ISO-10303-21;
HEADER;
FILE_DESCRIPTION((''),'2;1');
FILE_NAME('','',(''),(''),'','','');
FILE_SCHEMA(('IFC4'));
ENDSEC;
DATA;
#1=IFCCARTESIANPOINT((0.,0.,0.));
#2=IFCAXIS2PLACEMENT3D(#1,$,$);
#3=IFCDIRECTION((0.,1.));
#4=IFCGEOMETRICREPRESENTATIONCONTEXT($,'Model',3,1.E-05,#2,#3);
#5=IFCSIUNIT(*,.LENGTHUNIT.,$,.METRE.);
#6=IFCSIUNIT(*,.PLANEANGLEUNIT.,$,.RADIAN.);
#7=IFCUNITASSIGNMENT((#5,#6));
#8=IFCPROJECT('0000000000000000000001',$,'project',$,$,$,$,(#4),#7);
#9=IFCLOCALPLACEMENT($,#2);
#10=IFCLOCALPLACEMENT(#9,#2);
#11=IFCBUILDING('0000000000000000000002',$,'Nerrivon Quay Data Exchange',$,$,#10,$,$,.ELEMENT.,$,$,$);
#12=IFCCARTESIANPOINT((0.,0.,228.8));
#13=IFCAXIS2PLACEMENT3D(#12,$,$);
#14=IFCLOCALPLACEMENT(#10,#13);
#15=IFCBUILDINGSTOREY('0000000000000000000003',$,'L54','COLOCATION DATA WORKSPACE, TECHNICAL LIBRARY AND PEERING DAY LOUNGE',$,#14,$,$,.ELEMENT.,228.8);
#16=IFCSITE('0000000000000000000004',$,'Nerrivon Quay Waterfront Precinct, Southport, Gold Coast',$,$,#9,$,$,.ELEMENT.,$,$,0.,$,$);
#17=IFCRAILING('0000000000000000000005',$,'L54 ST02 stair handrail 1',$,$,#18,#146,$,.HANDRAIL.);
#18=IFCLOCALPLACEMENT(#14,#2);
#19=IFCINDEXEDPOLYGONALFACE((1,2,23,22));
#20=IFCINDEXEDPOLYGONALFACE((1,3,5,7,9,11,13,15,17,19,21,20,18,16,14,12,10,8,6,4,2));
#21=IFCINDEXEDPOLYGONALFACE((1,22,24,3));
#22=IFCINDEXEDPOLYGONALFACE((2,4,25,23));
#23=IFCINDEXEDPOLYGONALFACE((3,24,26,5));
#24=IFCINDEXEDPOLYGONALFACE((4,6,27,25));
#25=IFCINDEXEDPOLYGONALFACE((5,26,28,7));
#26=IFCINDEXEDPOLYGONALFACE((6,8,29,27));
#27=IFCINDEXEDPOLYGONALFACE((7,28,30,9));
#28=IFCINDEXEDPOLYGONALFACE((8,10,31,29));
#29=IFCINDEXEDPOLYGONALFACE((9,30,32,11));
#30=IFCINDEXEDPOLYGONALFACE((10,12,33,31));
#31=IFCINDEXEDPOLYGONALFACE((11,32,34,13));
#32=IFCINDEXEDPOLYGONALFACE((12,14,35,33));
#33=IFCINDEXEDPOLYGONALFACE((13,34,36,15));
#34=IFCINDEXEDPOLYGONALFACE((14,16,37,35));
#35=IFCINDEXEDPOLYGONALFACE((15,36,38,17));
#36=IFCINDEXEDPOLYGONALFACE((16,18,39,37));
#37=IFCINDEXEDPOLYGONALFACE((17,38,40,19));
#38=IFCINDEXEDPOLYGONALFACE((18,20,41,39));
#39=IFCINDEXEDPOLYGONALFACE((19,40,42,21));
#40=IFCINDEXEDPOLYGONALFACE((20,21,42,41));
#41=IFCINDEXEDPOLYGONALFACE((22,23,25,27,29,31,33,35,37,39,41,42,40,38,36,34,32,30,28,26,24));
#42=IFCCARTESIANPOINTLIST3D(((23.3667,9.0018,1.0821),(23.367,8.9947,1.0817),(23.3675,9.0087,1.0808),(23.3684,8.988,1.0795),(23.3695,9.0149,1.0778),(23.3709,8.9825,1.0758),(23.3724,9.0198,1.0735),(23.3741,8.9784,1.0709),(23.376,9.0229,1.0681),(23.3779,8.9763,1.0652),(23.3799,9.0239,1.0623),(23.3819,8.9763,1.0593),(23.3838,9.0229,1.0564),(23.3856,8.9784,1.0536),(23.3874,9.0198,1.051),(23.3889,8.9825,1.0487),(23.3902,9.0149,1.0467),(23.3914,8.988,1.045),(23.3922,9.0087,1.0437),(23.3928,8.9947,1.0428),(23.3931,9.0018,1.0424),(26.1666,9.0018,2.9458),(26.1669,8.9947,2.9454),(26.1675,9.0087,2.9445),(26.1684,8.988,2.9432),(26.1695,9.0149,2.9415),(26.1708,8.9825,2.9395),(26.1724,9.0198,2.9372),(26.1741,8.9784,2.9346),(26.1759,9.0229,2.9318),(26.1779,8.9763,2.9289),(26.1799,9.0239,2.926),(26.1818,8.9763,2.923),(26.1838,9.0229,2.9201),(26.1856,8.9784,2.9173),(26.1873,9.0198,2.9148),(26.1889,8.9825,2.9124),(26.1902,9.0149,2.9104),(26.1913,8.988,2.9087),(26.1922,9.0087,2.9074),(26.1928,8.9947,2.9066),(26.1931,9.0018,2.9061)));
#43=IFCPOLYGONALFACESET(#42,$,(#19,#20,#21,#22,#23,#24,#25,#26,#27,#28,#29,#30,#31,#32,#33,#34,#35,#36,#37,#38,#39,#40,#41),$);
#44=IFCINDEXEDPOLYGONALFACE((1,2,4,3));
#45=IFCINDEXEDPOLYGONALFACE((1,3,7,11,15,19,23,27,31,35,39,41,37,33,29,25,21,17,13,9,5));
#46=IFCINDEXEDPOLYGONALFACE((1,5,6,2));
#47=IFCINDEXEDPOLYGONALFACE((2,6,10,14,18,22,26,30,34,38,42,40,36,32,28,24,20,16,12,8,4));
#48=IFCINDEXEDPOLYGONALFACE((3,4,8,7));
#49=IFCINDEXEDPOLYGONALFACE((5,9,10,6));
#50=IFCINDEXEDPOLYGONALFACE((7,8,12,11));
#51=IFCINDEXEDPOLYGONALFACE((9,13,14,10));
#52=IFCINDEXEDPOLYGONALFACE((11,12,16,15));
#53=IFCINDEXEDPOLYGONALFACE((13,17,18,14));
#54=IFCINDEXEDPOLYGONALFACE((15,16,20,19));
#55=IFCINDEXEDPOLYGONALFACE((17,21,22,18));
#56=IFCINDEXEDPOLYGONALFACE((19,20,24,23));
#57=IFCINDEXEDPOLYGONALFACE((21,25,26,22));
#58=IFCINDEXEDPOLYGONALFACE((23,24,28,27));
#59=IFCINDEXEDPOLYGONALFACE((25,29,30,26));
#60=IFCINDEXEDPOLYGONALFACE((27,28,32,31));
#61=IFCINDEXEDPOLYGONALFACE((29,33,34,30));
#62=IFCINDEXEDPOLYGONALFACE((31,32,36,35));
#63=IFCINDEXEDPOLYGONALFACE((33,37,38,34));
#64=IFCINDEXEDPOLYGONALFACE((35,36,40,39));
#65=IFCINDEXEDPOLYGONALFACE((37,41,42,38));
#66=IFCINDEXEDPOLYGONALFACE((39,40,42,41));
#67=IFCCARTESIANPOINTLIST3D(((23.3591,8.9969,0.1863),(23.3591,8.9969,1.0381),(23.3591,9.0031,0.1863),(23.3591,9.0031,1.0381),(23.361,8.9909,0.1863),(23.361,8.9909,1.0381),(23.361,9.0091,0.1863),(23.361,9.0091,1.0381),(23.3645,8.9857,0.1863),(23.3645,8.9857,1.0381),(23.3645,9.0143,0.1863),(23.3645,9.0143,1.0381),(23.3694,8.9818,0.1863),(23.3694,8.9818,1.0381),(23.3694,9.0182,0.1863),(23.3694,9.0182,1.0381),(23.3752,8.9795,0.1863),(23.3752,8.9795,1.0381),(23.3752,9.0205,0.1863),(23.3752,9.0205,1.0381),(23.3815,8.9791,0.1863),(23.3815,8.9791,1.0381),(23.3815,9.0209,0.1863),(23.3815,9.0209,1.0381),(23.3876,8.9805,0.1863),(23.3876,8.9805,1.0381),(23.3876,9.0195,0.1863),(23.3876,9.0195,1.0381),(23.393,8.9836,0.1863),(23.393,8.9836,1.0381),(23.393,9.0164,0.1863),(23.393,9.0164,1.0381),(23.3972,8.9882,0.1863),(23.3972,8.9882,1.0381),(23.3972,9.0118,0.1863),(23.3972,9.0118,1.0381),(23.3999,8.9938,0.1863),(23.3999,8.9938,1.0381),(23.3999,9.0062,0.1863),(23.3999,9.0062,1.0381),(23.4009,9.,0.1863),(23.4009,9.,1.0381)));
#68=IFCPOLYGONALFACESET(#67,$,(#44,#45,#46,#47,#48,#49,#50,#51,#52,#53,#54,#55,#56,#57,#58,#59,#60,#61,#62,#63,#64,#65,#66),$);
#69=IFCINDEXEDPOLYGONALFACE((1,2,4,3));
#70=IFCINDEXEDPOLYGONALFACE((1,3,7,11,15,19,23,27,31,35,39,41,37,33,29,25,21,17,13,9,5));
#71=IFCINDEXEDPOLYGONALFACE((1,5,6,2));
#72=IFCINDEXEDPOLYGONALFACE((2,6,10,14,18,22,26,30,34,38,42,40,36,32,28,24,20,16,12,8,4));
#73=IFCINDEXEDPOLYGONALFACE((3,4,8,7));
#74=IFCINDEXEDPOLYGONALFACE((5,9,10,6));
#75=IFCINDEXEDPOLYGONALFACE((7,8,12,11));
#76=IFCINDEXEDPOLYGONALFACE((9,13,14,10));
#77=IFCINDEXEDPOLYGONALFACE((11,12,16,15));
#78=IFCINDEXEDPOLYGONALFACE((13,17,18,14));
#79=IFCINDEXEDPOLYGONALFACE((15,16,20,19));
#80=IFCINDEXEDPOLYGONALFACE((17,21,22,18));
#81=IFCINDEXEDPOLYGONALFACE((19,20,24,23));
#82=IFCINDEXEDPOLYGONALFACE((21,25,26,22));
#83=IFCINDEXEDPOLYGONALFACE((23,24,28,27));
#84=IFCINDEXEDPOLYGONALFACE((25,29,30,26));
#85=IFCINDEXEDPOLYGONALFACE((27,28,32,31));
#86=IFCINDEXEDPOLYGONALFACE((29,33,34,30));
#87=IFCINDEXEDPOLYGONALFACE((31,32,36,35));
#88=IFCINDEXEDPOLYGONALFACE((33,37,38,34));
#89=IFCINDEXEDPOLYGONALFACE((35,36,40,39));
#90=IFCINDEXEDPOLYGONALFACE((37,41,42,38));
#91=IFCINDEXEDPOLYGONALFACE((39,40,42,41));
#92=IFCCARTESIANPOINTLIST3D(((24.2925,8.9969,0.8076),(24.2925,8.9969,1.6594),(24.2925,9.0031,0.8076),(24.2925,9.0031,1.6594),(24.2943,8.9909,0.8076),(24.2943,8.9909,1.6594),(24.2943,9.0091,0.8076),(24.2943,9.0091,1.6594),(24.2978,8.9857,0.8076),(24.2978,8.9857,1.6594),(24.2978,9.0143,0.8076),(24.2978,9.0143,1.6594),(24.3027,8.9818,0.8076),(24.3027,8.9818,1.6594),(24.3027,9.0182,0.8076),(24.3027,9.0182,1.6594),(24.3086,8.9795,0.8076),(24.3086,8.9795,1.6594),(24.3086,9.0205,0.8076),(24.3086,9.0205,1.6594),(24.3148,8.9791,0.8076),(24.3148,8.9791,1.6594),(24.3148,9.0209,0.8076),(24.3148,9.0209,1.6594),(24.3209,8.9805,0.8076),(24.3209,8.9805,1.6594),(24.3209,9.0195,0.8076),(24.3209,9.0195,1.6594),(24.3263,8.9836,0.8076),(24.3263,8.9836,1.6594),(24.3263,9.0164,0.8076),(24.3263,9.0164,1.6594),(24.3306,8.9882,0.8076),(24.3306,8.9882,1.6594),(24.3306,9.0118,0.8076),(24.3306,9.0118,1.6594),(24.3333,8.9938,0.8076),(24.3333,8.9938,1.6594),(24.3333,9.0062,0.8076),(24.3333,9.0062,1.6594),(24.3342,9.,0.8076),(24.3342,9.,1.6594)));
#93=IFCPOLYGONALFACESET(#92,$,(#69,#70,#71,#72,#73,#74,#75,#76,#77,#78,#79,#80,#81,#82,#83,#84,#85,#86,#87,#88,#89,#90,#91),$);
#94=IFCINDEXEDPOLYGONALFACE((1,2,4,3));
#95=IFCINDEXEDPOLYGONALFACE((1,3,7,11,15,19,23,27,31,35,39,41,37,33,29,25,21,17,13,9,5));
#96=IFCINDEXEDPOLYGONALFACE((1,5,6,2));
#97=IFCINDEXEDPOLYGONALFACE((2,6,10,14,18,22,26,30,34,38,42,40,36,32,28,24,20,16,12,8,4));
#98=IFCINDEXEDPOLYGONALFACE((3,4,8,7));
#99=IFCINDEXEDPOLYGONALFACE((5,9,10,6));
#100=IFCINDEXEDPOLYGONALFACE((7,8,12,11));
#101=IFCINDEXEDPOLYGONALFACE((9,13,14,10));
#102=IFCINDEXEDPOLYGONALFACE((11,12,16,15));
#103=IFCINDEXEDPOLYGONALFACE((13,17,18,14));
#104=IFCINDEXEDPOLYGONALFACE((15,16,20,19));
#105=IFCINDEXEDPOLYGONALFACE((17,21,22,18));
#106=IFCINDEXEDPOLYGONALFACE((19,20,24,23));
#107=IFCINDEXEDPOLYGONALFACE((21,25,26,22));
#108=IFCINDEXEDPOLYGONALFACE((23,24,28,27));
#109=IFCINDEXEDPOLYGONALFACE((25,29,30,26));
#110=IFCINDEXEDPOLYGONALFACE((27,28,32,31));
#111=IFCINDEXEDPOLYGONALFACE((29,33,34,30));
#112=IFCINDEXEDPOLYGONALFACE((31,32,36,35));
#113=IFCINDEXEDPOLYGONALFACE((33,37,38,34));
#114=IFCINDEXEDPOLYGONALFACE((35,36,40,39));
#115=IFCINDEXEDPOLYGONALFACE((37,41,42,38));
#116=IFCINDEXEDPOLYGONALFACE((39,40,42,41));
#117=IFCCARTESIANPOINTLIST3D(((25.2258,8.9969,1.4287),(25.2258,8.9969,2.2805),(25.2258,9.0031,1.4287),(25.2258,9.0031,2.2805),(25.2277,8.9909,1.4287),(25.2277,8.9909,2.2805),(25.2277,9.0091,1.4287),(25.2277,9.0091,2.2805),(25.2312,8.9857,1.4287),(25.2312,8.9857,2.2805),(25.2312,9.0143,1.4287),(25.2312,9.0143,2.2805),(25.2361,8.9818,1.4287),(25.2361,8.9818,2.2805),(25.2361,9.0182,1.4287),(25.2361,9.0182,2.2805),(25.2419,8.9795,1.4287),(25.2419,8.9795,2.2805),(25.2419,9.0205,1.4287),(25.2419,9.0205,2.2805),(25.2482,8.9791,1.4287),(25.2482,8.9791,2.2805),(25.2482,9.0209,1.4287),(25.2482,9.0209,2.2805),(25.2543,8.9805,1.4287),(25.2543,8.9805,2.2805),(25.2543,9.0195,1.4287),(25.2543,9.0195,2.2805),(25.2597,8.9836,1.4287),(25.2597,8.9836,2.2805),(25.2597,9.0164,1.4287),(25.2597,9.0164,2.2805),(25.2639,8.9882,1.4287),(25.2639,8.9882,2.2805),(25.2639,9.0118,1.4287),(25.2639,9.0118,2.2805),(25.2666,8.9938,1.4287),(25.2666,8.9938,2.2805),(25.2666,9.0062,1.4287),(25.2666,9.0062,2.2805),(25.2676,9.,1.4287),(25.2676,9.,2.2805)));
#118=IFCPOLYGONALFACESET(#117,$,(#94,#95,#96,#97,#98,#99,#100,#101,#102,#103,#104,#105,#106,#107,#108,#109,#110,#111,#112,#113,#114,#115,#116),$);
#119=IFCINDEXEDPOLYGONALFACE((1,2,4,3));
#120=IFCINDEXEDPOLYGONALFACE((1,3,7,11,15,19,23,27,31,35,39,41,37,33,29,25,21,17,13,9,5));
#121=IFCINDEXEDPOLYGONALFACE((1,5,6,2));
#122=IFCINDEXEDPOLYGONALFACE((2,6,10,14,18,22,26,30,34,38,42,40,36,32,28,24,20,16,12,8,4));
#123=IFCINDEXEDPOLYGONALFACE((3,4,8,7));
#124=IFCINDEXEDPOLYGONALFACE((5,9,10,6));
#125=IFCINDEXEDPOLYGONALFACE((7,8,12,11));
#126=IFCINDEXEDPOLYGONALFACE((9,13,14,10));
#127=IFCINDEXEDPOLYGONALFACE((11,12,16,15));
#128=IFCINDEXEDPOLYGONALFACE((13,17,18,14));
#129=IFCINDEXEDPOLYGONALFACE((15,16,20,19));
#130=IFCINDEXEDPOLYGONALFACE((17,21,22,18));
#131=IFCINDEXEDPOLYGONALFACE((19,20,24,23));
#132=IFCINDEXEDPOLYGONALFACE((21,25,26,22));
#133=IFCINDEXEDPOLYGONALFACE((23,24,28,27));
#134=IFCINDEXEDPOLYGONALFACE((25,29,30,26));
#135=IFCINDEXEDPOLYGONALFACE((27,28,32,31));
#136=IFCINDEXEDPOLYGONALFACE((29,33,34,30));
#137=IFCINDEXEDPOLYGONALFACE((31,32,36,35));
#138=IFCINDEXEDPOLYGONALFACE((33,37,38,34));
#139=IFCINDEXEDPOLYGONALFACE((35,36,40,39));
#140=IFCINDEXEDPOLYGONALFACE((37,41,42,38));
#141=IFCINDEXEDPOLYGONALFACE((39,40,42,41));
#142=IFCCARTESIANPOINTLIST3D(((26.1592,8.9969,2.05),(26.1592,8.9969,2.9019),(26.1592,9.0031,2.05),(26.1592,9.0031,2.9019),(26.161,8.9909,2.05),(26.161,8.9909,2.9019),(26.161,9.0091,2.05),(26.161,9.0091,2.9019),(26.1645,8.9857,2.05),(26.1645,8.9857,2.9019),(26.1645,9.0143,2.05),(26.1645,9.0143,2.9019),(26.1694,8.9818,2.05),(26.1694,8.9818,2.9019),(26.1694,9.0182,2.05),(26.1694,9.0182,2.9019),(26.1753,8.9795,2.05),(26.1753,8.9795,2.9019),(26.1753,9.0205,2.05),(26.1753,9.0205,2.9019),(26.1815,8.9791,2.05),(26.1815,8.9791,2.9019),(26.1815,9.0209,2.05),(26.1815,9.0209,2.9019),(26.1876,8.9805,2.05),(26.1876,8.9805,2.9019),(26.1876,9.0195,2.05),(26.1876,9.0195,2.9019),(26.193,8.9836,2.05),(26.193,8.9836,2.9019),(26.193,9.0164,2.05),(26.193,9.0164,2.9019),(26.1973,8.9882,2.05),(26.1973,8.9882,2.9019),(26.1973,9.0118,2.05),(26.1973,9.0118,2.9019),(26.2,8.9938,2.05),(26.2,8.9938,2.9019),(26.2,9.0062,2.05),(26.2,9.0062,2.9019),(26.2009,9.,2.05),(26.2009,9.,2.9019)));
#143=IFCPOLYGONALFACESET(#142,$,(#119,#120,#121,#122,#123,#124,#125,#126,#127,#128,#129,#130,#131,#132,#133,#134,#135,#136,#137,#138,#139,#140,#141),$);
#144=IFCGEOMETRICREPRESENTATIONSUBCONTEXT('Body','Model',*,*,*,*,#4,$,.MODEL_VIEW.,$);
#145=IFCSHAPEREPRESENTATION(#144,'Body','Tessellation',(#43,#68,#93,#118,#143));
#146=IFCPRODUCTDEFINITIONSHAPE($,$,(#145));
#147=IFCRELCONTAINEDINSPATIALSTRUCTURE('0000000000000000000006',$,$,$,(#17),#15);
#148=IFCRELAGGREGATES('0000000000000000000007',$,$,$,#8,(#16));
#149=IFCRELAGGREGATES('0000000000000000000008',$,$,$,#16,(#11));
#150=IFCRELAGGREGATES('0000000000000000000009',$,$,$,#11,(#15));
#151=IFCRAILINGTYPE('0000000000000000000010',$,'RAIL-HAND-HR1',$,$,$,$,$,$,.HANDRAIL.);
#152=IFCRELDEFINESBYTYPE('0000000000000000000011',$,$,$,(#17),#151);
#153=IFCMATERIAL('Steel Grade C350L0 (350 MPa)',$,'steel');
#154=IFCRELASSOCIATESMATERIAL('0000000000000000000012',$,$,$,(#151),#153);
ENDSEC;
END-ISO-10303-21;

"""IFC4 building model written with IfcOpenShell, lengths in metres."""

from ifc_helpers import new_model, si_unit, direction, frame, origin, origin_2d, place, context, subcontext, project, spatial, circle, extrude, material, type_object, element, save


model = new_model("IFC4")

# Units and contexts
model_context = context("Model", 3, precision=1e-05, world=origin(), true_north=direction((0.0, 1.0)))
body_context = subcontext(model_context, "Body", "Model", "MODEL_VIEW")
ifc_project = project(units=[si_unit("LENGTHUNIT", "METRE"), si_unit("PLANEANGLEUNIT", "RADIAN")], contexts=[model_context])

# Site, building, storey
site_placement = place(None, origin())
site = spatial("IfcSite", under=ifc_project, at=site_placement, Name="Nerrivon Quay Waterfront Precinct, Southport, Gold Coast", CompositionType="ELEMENT", RefElevation=0.0)
building_placement = place(site_placement, origin())
building = spatial("IfcBuilding", under=site, at=building_placement, Name="Nerrivon Quay Data Exchange", CompositionType="ELEMENT")
storey_placement = place(building_placement, frame((0.0, 0.0, 228.8)))
storey = spatial("IfcBuildingStorey", under=building, at=storey_placement, Name="L54", Description="COLOCATION DATA WORKSPACE, TECHNICAL LIBRARY AND PEERING DAY LOUNGE", CompositionType="ELEMENT", Elevation=228.8)

# Railing
ifc_material_1 = material(Name="Steel Grade C350L0 (350 MPa)", Category="steel")
railing_type_1 = type_object("IfcRailingType", Name="RAIL-HAND-HR1", PredefinedType="HANDRAIL", material=ifc_material_1)
railing_1_placement = place(storey_placement, frame((23.3799, 9.0, 0.1863)))
element("IfcRailing", 1, at=railing_1_placement, inside=storey, type_object=railing_type_1, Name="L54 ST02 stair handrail 1", PredefinedType="HANDRAIL", context=body_context, shape_type="SweptSolid", body=[
    extrude(circle(Radius=0.0239, at=origin_2d()), frame((0.0, 0.0, 0.876), z_axis=(0.832452, 0.0, 0.554097), x_axis=(0.0, 1.0, 0.0)), (0.0, 0.0, 1.0), 3.3635),
    extrude(circle(Radius=0.021, at=origin_2d()), origin(), (0.0, 0.0, 1.0), 0.8518),
    extrude(circle(Radius=0.021, at=origin_2d()), frame((0.9333, 0.0, 0.6213)), (0.0, 0.0, 1.0), 0.8518),
    extrude(circle(Radius=0.021, at=origin_2d()), frame((1.8667, 0.0, 1.2424)), (0.0, 0.0, 1.0), 0.8518),
    extrude(circle(Radius=0.021, at=origin_2d()), frame((2.8, 0.0, 1.8638)), (0.0, 0.0, 1.0), 0.8518),
])

save(model, "model.ifc")
